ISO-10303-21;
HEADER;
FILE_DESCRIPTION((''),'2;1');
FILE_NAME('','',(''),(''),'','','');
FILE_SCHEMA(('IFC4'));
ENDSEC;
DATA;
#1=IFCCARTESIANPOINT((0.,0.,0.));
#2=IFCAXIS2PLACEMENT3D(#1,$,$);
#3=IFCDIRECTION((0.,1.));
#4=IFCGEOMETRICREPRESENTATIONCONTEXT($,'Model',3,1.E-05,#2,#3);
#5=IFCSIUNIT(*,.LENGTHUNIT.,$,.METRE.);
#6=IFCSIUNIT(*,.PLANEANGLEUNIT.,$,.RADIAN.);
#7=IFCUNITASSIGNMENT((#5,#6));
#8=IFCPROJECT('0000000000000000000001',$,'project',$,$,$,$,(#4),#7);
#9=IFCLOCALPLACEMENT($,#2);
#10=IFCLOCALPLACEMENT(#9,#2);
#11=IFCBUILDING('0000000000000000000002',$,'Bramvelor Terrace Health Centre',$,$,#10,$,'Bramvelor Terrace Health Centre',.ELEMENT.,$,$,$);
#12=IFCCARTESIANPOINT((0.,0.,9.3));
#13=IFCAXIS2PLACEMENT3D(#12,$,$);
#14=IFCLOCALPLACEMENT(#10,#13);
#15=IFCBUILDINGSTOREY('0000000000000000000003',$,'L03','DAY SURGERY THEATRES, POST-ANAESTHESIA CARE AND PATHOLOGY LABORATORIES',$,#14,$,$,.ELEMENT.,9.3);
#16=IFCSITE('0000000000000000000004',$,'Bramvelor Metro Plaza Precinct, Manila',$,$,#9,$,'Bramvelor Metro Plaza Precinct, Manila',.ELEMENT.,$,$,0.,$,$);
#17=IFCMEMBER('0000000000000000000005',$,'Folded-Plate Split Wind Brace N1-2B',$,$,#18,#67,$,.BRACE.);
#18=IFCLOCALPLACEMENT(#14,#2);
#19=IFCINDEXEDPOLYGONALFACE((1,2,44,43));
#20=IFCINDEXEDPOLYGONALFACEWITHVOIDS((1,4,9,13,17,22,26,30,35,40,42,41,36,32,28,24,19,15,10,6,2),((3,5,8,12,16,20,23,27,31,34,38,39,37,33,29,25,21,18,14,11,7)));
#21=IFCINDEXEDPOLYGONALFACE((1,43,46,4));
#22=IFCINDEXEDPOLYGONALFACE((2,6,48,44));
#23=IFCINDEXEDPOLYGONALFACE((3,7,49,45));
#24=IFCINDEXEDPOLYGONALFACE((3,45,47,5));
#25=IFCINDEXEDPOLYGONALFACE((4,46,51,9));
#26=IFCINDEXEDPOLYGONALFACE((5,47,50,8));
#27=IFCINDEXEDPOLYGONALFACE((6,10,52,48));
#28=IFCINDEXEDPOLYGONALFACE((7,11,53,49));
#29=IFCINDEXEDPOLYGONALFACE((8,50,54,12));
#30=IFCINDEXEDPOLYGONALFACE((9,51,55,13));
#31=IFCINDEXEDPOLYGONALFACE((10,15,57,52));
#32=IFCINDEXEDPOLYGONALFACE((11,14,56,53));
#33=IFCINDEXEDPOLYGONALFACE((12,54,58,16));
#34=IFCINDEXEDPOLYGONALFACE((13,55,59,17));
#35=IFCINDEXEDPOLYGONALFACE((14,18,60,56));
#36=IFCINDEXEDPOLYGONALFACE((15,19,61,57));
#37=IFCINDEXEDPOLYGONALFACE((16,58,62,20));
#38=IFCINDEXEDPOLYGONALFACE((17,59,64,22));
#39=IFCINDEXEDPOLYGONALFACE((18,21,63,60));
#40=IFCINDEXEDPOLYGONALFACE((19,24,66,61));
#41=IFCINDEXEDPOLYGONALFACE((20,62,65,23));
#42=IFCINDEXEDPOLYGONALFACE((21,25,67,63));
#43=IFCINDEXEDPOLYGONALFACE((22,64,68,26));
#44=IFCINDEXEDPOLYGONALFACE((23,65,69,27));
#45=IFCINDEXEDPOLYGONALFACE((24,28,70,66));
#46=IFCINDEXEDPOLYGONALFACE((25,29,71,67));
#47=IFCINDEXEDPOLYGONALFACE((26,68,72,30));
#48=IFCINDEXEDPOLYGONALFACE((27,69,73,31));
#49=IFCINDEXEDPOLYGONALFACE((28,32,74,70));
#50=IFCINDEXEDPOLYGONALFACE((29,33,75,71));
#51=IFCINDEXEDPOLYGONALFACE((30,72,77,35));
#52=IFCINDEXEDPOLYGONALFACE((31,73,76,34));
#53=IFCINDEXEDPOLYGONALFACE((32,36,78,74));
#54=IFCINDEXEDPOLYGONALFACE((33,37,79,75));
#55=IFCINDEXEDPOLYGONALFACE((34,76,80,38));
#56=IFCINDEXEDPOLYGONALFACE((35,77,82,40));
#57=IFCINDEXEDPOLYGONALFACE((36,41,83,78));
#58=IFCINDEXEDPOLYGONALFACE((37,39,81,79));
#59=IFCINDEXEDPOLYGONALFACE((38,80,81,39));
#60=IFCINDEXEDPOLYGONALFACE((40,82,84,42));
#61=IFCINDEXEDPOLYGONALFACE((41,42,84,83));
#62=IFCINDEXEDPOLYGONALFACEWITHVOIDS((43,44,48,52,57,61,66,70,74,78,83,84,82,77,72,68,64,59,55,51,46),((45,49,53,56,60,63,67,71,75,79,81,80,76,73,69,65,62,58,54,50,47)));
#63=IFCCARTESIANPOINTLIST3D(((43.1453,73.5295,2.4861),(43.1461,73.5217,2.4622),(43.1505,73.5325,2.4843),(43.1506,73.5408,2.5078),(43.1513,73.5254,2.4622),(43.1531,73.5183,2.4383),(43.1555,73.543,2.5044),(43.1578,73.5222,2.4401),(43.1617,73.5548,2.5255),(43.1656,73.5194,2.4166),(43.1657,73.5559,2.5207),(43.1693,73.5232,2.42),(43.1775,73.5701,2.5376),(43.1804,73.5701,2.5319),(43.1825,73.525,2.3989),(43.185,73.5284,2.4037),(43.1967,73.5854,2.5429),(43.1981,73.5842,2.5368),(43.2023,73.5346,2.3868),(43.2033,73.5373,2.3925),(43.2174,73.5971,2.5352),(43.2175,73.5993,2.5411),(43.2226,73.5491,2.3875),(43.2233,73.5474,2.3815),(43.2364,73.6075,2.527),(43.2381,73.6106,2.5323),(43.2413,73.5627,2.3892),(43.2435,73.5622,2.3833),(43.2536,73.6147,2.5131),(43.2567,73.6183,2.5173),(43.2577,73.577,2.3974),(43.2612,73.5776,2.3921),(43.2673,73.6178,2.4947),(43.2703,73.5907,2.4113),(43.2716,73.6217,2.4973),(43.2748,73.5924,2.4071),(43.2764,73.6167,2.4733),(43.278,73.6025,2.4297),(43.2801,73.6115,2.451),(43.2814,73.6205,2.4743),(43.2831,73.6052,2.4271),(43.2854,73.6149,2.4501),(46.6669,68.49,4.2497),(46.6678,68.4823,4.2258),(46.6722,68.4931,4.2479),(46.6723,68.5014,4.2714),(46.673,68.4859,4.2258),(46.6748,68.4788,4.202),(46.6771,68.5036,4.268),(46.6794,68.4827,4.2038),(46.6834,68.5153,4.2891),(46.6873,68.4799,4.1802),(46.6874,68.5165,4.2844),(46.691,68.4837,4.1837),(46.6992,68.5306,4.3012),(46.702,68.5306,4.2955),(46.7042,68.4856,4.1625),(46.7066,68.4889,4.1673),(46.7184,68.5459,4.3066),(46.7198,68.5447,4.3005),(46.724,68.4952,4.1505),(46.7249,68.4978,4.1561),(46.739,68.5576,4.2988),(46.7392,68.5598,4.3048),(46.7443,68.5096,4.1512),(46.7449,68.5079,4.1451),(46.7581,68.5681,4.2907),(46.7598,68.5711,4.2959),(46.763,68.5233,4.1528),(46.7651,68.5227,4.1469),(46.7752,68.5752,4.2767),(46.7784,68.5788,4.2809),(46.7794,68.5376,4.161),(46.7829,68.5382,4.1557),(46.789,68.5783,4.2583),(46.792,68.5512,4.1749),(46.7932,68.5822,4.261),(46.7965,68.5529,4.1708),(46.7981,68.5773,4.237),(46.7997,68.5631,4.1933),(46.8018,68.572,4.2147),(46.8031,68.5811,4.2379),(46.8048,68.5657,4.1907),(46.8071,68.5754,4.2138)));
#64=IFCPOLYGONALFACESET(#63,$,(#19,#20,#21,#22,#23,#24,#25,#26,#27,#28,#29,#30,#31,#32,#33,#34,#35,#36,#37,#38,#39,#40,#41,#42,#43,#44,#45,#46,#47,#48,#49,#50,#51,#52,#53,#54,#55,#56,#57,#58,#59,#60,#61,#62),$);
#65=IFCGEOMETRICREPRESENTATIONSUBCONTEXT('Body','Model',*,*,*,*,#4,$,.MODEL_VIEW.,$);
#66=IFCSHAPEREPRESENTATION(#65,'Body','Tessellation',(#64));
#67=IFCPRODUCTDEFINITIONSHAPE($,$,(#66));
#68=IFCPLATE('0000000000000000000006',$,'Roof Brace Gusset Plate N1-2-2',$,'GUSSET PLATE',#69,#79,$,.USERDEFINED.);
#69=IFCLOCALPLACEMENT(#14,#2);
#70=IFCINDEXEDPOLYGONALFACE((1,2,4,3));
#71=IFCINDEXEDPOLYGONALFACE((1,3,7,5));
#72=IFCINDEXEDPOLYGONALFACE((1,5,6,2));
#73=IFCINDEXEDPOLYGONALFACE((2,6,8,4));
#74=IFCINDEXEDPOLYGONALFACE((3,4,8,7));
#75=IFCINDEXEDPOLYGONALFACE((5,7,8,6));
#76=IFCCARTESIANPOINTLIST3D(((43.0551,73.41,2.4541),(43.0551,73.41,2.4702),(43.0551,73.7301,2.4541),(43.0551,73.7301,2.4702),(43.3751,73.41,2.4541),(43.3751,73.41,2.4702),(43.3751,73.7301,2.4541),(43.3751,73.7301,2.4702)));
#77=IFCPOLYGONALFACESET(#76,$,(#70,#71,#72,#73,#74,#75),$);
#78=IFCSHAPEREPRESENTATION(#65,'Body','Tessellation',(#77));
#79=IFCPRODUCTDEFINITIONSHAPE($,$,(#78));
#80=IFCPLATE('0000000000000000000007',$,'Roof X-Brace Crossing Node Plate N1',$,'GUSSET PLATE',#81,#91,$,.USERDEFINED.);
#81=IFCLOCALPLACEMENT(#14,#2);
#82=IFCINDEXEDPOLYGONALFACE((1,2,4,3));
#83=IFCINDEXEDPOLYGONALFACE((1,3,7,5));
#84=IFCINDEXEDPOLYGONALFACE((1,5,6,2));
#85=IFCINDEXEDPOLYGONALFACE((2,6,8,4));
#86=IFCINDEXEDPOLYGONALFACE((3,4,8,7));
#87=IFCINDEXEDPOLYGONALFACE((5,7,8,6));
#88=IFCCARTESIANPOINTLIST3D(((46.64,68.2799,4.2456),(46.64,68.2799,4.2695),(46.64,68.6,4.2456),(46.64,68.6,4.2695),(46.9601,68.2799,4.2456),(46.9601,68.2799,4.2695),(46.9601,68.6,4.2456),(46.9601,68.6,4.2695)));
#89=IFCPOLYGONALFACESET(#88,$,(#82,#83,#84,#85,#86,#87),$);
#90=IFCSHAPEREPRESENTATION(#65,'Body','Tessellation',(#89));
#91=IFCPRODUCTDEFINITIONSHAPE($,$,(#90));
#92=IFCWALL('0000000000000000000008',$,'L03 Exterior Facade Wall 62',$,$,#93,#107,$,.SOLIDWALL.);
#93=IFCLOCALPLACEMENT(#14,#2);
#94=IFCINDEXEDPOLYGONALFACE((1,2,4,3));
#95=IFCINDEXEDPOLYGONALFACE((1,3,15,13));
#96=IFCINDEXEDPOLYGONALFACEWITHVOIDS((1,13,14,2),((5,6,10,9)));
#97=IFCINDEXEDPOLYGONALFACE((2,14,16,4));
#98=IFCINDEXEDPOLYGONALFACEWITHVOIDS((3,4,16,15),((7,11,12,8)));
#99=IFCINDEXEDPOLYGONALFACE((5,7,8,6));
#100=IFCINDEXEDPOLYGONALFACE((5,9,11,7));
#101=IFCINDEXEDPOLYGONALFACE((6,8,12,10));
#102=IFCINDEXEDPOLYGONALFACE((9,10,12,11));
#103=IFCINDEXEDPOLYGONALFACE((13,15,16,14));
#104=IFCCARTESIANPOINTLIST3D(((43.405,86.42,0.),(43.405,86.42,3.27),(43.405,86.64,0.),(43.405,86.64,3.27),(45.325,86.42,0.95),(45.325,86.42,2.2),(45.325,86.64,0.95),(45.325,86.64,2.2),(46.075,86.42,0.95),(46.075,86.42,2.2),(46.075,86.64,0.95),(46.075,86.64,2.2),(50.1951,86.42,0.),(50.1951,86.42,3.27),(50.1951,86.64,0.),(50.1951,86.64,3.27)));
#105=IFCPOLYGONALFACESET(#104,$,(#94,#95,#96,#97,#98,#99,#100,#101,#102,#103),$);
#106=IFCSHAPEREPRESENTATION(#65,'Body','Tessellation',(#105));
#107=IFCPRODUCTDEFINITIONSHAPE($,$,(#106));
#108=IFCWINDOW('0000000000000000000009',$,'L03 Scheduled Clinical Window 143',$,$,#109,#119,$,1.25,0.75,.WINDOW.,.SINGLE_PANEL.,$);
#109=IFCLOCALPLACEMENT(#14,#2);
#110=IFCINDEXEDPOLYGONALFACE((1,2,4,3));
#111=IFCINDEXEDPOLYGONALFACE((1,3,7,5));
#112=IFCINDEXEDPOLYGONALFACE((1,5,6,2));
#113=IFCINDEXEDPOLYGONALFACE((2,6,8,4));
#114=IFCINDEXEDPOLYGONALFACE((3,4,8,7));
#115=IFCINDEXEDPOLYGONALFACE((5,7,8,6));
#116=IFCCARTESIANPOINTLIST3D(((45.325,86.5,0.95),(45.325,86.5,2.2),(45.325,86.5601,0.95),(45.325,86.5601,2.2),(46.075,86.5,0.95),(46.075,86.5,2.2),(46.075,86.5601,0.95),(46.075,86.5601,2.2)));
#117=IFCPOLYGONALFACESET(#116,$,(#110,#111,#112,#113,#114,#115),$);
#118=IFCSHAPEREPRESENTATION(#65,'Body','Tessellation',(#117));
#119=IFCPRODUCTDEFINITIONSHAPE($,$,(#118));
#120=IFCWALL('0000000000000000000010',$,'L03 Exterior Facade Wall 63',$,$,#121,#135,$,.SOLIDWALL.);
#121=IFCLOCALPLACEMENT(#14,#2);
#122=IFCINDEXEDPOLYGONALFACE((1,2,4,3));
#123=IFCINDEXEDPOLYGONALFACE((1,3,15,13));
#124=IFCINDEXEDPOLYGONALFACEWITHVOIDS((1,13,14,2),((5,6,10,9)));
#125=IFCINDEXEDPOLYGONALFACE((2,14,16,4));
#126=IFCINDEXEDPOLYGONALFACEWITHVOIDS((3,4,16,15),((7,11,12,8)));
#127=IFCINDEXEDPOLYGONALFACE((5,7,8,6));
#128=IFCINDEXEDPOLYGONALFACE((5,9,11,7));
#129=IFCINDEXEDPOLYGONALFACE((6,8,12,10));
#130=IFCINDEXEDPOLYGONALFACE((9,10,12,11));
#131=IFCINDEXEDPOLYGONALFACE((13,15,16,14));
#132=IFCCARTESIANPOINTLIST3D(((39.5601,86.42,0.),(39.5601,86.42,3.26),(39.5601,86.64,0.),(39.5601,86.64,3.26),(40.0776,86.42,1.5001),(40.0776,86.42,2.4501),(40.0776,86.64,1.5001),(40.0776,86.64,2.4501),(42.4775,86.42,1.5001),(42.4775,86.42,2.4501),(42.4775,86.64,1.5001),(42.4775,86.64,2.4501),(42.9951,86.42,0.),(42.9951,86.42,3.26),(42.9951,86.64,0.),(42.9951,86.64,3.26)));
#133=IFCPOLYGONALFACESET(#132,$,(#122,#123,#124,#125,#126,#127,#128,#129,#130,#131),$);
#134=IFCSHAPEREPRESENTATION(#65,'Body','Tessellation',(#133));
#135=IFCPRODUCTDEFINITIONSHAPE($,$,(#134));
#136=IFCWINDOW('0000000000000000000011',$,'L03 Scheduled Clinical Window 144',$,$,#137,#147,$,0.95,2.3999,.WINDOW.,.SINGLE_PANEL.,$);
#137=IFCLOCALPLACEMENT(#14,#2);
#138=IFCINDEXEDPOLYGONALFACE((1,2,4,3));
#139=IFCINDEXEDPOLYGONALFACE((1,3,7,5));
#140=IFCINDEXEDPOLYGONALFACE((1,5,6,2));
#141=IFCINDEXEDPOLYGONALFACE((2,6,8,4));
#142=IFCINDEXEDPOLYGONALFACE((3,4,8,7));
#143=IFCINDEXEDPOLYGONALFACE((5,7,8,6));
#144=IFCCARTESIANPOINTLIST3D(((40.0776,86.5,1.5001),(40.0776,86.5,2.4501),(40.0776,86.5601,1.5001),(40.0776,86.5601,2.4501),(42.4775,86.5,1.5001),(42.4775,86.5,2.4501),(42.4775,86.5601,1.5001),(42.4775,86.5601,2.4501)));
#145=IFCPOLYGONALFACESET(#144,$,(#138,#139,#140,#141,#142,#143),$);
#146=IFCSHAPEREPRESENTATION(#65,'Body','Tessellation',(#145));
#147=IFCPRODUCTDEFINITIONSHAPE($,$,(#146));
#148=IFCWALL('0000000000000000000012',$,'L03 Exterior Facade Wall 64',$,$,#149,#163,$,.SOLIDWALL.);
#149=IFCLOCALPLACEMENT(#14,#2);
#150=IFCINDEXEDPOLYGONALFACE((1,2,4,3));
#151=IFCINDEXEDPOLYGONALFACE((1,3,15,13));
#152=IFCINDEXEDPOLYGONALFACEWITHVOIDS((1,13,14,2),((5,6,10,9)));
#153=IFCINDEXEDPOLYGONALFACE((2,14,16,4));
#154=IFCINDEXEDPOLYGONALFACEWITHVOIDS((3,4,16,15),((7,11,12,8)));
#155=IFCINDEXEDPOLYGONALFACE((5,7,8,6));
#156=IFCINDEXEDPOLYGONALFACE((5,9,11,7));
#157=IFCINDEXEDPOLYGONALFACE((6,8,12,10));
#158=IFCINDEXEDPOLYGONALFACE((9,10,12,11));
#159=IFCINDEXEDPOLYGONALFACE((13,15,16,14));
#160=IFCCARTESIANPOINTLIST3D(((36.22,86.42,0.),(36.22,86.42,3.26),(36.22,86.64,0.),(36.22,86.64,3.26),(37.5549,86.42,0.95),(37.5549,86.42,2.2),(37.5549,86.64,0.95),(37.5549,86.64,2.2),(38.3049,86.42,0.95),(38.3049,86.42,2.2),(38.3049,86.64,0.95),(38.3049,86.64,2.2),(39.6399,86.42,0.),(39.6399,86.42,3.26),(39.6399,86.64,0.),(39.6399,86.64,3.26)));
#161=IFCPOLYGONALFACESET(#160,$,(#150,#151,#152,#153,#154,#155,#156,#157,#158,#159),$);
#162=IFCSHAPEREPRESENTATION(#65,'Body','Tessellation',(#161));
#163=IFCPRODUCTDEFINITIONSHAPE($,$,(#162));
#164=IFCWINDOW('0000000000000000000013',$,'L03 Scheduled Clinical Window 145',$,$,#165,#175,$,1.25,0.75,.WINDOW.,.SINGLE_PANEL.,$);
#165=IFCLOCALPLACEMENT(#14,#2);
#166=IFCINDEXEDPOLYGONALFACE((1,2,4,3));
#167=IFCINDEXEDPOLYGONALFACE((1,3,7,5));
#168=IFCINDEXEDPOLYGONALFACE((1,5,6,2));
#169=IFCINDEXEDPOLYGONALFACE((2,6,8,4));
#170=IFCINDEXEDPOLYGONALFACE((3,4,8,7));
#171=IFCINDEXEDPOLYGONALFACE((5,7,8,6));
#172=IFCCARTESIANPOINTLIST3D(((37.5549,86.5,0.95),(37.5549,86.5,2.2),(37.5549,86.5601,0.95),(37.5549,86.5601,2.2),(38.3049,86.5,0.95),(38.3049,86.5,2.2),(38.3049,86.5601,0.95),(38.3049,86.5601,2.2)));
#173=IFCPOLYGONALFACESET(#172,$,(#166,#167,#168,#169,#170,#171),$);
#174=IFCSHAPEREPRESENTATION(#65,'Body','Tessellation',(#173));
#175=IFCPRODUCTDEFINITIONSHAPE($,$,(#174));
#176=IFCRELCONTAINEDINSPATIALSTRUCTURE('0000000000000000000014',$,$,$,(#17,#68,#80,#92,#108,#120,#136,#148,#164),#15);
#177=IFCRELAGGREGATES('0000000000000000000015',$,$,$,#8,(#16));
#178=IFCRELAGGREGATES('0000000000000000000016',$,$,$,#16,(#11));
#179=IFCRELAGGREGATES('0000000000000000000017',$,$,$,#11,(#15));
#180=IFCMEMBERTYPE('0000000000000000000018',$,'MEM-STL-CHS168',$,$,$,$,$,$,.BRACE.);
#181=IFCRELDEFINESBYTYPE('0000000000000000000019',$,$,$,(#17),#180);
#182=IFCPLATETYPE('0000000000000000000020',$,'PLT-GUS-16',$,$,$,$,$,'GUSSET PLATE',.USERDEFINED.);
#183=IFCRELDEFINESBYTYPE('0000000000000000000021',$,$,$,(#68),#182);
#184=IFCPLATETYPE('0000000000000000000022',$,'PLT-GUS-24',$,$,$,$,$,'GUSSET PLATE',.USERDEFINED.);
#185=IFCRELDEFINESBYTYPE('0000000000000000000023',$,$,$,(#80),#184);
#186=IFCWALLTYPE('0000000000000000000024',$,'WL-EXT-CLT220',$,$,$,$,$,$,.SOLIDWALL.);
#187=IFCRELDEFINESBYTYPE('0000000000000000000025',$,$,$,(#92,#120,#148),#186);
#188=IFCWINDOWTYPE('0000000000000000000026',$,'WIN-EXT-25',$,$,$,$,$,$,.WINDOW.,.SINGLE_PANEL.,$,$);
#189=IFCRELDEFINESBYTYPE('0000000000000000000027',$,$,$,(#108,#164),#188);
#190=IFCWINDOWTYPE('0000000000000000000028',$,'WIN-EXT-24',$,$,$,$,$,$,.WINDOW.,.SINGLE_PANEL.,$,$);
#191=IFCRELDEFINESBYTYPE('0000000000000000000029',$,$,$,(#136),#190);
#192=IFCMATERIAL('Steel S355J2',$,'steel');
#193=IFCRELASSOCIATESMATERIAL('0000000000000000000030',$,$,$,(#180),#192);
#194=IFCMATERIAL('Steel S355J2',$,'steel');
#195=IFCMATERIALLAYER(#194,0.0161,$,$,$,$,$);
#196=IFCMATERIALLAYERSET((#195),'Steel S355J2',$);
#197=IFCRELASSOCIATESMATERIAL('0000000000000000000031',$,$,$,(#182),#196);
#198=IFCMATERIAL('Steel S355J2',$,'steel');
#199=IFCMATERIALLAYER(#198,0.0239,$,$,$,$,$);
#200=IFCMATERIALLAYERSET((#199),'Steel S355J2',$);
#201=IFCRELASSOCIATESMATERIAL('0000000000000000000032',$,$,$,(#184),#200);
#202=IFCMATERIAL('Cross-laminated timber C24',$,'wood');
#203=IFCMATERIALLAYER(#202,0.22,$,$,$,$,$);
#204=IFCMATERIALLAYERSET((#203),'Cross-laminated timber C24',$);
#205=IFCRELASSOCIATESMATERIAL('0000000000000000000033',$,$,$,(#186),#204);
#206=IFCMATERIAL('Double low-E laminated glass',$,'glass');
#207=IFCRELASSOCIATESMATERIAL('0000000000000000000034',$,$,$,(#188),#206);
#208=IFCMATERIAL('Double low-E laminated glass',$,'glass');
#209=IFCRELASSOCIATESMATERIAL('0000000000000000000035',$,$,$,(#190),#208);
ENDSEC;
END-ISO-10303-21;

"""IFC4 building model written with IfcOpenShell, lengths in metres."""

from ifc_helpers import new_model, si_unit, direction, frame, frame_2d, origin, origin_2d, place, context, subcontext, project, spatial, rectangle, hollow_circle, extrude, material, layer, layer_set, material_profile, profile_set, type_object, element, fill, save


model = new_model("IFC4")

# Units and contexts
model_context = context("Model", 3, precision=1e-05, world=origin(), true_north=direction((0.0, 1.0)))
body_context = subcontext(model_context, "Body", "Model", "MODEL_VIEW")
ifc_project = project(units=[si_unit("LENGTHUNIT", "METRE"), si_unit("PLANEANGLEUNIT", "RADIAN")], contexts=[model_context])

# Site, building, storey
site_placement = place(None, origin())
site = spatial("IfcSite", under=ifc_project, at=site_placement, Name="Bramvelor Metro Plaza Precinct, Manila", LongName="Bramvelor Metro Plaza Precinct, Manila", CompositionType="ELEMENT", RefElevation=0.0)
building_placement = place(site_placement, origin())
building = spatial("IfcBuilding", under=site, at=building_placement, Name="Bramvelor Terrace Health Centre", LongName="Bramvelor Terrace Health Centre", CompositionType="ELEMENT")
storey_placement = place(building_placement, frame((0.0, 0.0, 9.3)))
storey = spatial("IfcBuildingStorey", under=building, at=storey_placement, Name="L03", Description="DAY SURGERY THEATRES, POST-ANAESTHESIA CARE AND PATHOLOGY LABORATORIES", CompositionType="ELEMENT", Elevation=9.3)

# Member
ifc_material_1 = material(Name="Steel S355J2", Category="steel")
ifc_material_profile_1 = material_profile(ifc_material_1, hollow_circle(Radius=0.0842, WallThickness=0.0063, at=origin_2d()), Name="CHS 168.3x6.3")
ifc_profile_set_1 = profile_set([ifc_material_profile_1], Name="Steel S355J2")
member_type_1 = type_object("IfcMemberType", Name="MEM-STL-CHS168", PredefinedType="BRACE", material=ifc_profile_set_1)
member_placement = place(storey_placement, frame((46.7368, 68.5305, 4.2258), z_axis=(-0.550605, 0.787909, -0.275741), x_axis=(-0.819687, -0.572812, 0.0)))
element("IfcMember", 1, at=member_placement, inside=storey, type_object=member_type_1, Name="Folded-Plate Split Wind Brace N1-2B", PredefinedType="BRACE", context=body_context, shape_type="SweptSolid", body=[
    extrude(hollow_circle(Radius=0.0842, WallThickness=0.0063, at=origin_2d()), origin(), (0.0, 0.0, 1.0), 6.396),
])

# Plates
ifc_material_2 = material(Name="Steel S355J2", Category="steel")
ifc_layer_1 = layer(ifc_material_2, 0.0161)
ifc_layer_set_1 = layer_set([ifc_layer_1], Name="Steel S355J2")
plate_type_1 = type_object("IfcPlateType", Name="PLT-GUS-16", ElementType="GUSSET PLATE", PredefinedType="USERDEFINED", material=ifc_layer_set_1)
plate_1_placement = place(storey_placement, frame((43.2151, 73.5701, 2.4541), z_axis=(0.0, 0.0, 1.0), x_axis=(1.0, 0.0, 0.0)))
element("IfcPlate", 2, at=plate_1_placement, inside=storey, type_object=plate_type_1, Name="Roof Brace Gusset Plate N1-2-2", ObjectType="GUSSET PLATE", PredefinedType="USERDEFINED", context=body_context, shape_type="SweptSolid", body=[
    extrude(rectangle(XDim=0.3201, YDim=0.3201, at=origin_2d()), origin(), (0.0, 0.0, 1.0), 0.0161),
])
ifc_material_3 = material(Name="Steel S355J2", Category="steel")
ifc_layer_2 = layer(ifc_material_3, 0.0239)
ifc_layer_set_2 = layer_set([ifc_layer_2], Name="Steel S355J2")
plate_type_2 = type_object("IfcPlateType", Name="PLT-GUS-24", ElementType="GUSSET PLATE", PredefinedType="USERDEFINED", material=ifc_layer_set_2)
plate_2_placement = place(storey_placement, frame((46.8, 68.4399, 4.2456), z_axis=(0.0, 0.0, 1.0), x_axis=(1.0, 0.0, 0.0)))
element("IfcPlate", 3, at=plate_2_placement, inside=storey, type_object=plate_type_2, Name="Roof X-Brace Crossing Node Plate N1", ObjectType="GUSSET PLATE", PredefinedType="USERDEFINED", context=body_context, shape_type="SweptSolid", body=[
    extrude(rectangle(XDim=0.3201, YDim=0.3201, at=origin_2d()), origin(), (0.0, 0.0, 1.0), 0.0239),
])

# Walls, openings, windows
ifc_material_4 = material(Name="Cross-laminated timber C24", Category="wood")
ifc_layer_3 = layer(ifc_material_4, 0.22)
ifc_layer_set_3 = layer_set([ifc_layer_3], Name="Cross-laminated timber C24")
wall_type_1 = type_object("IfcWallType", Name="WL-EXT-CLT220", PredefinedType="SOLIDWALL", material=ifc_layer_set_3)
wall_1_placement = place(storey_placement, frame((50.1951, 86.53, 0.0), z_axis=(0.0, 0.0, 1.0), x_axis=(-1.0, 0.0, 0.0)))
wall_1 = element("IfcWall", 4, at=wall_1_placement, inside=storey, type_object=wall_type_1, Name="L03 Exterior Facade Wall 62", PredefinedType="SOLIDWALL", context=body_context, shape_type="SweptSolid", body=[
    extrude(rectangle(XDim=6.79, YDim=0.22, at=frame_2d((3.395, 0.0))), origin(), (0.0, 0.0, 1.0), 3.27),
])
opening_1_placement = place(wall_1_placement, frame((4.1201, 0.0, 0.95)))
opening_1 = element("IfcOpeningElement", 5, at=opening_1_placement, cuts=wall_1, PredefinedType="OPENING", context=body_context, shape_type="SweptSolid", body=[
    extrude(rectangle(XDim=0.75, YDim=1.25, at=frame_2d((0.375, 0.625))), frame((0.0, 0.1199, 0.0), z_axis=(0.0, -1.0, 0.0), x_axis=(1.0, 0.0, 0.0)), (0.0, 0.0, 1.0), 0.24),
])
ifc_material_5 = material(Name="Double low-E laminated glass", Category="glass")
window_type_1 = type_object("IfcWindowType", Name="WIN-EXT-25", PartitioningType="SINGLE_PANEL", PredefinedType="WINDOW", material=ifc_material_5)
window_1_placement = place(opening_1_placement, origin())
window_1 = element("IfcWindow", 6, at=window_1_placement, inside=storey, type_object=window_type_1, Name="L03 Scheduled Clinical Window 143", OverallHeight=1.25, OverallWidth=0.75, PartitioningType="SINGLE_PANEL", PredefinedType="WINDOW", context=body_context, shape_type="SweptSolid", body=[
    extrude(rectangle(XDim=0.75, YDim=1.25, at=frame_2d((0.375, 0.625))), frame((0.0, 0.03, 0.0), z_axis=(0.0, -1.0, 0.0), x_axis=(1.0, 0.0, 0.0)), (0.0, 0.0, 1.0), 0.0601),
])
fill(opening_1, window_1)
wall_2_placement = place(storey_placement, frame((42.9951, 86.53, 0.0), z_axis=(0.0, 0.0, 1.0), x_axis=(-1.0, 0.0, 0.0)))
wall_2 = element("IfcWall", 7, at=wall_2_placement, inside=storey, type_object=wall_type_1, Name="L03 Exterior Facade Wall 63", PredefinedType="SOLIDWALL", context=body_context, shape_type="SweptSolid", body=[
    extrude(rectangle(XDim=3.4351, YDim=0.22, at=frame_2d((1.7175, 0.0))), origin(), (0.0, 0.0, 1.0), 3.26),
])
opening_2_placement = place(wall_2_placement, frame((0.5176, 0.0, 1.5)))
opening_2 = element("IfcOpeningElement", 8, at=opening_2_placement, cuts=wall_2, PredefinedType="OPENING", context=body_context, shape_type="SweptSolid", body=[
    extrude(rectangle(XDim=2.3999, YDim=0.95, at=frame_2d((1.2, 0.4751))), frame((0.0, 0.1199, 0.0), z_axis=(0.0, -1.0, 0.0), x_axis=(1.0, 0.0, 0.0)), (0.0, 0.0, 1.0), 0.24),
])
ifc_material_6 = material(Name="Double low-E laminated glass", Category="glass")
window_type_2 = type_object("IfcWindowType", Name="WIN-EXT-24", PartitioningType="SINGLE_PANEL", PredefinedType="WINDOW", material=ifc_material_6)
window_2_placement = place(opening_2_placement, origin())
window_2 = element("IfcWindow", 9, at=window_2_placement, inside=storey, type_object=window_type_2, Name="L03 Scheduled Clinical Window 144", OverallHeight=0.95, OverallWidth=2.3999, PartitioningType="SINGLE_PANEL", PredefinedType="WINDOW", context=body_context, shape_type="SweptSolid", body=[
    extrude(rectangle(XDim=2.3999, YDim=0.95, at=frame_2d((1.2, 0.4751))), frame((0.0, 0.03, 0.0), z_axis=(0.0, -1.0, 0.0), x_axis=(1.0, 0.0, 0.0)), (0.0, 0.0, 1.0), 0.0601),
])
fill(opening_2, window_2)
wall_3_placement = place(storey_placement, frame((39.6399, 86.53, 0.0), z_axis=(0.0, 0.0, 1.0), x_axis=(-1.0, 0.0, 0.0)))
wall_3 = element("IfcWall", 10, at=wall_3_placement, inside=storey, type_object=wall_type_1, Name="L03 Exterior Facade Wall 64", PredefinedType="SOLIDWALL", context=body_context, shape_type="SweptSolid", body=[
    extrude(rectangle(XDim=3.4199, YDim=0.22, at=frame_2d((1.71, 0.0))), origin(), (0.0, 0.0, 1.0), 3.26),
])
opening_3_placement = place(wall_3_placement, frame((1.335, 0.0, 0.95)))
opening_3 = element("IfcOpeningElement", 11, at=opening_3_placement, cuts=wall_3, PredefinedType="OPENING", context=body_context, shape_type="SweptSolid", body=[
    extrude(rectangle(XDim=0.75, YDim=1.25, at=frame_2d((0.375, 0.625))), frame((0.0, 0.1199, 0.0), z_axis=(0.0, -1.0, 0.0), x_axis=(1.0, 0.0, 0.0)), (0.0, 0.0, 1.0), 0.24),
])
window_3_placement = place(opening_3_placement, origin())
window_3 = element("IfcWindow", 12, at=window_3_placement, inside=storey, type_object=window_type_1, Name="L03 Scheduled Clinical Window 145", OverallHeight=1.25, OverallWidth=0.75, PartitioningType="SINGLE_PANEL", PredefinedType="WINDOW", context=body_context, shape_type="SweptSolid", body=[
    extrude(rectangle(XDim=0.75, YDim=1.25, at=frame_2d((0.375, 0.625))), frame((0.0, 0.03, 0.0), z_axis=(0.0, -1.0, 0.0), x_axis=(1.0, 0.0, 0.0)), (0.0, 0.0, 1.0), 0.0601),
])
fill(opening_3, window_3)

save(model, "model.ifc")
